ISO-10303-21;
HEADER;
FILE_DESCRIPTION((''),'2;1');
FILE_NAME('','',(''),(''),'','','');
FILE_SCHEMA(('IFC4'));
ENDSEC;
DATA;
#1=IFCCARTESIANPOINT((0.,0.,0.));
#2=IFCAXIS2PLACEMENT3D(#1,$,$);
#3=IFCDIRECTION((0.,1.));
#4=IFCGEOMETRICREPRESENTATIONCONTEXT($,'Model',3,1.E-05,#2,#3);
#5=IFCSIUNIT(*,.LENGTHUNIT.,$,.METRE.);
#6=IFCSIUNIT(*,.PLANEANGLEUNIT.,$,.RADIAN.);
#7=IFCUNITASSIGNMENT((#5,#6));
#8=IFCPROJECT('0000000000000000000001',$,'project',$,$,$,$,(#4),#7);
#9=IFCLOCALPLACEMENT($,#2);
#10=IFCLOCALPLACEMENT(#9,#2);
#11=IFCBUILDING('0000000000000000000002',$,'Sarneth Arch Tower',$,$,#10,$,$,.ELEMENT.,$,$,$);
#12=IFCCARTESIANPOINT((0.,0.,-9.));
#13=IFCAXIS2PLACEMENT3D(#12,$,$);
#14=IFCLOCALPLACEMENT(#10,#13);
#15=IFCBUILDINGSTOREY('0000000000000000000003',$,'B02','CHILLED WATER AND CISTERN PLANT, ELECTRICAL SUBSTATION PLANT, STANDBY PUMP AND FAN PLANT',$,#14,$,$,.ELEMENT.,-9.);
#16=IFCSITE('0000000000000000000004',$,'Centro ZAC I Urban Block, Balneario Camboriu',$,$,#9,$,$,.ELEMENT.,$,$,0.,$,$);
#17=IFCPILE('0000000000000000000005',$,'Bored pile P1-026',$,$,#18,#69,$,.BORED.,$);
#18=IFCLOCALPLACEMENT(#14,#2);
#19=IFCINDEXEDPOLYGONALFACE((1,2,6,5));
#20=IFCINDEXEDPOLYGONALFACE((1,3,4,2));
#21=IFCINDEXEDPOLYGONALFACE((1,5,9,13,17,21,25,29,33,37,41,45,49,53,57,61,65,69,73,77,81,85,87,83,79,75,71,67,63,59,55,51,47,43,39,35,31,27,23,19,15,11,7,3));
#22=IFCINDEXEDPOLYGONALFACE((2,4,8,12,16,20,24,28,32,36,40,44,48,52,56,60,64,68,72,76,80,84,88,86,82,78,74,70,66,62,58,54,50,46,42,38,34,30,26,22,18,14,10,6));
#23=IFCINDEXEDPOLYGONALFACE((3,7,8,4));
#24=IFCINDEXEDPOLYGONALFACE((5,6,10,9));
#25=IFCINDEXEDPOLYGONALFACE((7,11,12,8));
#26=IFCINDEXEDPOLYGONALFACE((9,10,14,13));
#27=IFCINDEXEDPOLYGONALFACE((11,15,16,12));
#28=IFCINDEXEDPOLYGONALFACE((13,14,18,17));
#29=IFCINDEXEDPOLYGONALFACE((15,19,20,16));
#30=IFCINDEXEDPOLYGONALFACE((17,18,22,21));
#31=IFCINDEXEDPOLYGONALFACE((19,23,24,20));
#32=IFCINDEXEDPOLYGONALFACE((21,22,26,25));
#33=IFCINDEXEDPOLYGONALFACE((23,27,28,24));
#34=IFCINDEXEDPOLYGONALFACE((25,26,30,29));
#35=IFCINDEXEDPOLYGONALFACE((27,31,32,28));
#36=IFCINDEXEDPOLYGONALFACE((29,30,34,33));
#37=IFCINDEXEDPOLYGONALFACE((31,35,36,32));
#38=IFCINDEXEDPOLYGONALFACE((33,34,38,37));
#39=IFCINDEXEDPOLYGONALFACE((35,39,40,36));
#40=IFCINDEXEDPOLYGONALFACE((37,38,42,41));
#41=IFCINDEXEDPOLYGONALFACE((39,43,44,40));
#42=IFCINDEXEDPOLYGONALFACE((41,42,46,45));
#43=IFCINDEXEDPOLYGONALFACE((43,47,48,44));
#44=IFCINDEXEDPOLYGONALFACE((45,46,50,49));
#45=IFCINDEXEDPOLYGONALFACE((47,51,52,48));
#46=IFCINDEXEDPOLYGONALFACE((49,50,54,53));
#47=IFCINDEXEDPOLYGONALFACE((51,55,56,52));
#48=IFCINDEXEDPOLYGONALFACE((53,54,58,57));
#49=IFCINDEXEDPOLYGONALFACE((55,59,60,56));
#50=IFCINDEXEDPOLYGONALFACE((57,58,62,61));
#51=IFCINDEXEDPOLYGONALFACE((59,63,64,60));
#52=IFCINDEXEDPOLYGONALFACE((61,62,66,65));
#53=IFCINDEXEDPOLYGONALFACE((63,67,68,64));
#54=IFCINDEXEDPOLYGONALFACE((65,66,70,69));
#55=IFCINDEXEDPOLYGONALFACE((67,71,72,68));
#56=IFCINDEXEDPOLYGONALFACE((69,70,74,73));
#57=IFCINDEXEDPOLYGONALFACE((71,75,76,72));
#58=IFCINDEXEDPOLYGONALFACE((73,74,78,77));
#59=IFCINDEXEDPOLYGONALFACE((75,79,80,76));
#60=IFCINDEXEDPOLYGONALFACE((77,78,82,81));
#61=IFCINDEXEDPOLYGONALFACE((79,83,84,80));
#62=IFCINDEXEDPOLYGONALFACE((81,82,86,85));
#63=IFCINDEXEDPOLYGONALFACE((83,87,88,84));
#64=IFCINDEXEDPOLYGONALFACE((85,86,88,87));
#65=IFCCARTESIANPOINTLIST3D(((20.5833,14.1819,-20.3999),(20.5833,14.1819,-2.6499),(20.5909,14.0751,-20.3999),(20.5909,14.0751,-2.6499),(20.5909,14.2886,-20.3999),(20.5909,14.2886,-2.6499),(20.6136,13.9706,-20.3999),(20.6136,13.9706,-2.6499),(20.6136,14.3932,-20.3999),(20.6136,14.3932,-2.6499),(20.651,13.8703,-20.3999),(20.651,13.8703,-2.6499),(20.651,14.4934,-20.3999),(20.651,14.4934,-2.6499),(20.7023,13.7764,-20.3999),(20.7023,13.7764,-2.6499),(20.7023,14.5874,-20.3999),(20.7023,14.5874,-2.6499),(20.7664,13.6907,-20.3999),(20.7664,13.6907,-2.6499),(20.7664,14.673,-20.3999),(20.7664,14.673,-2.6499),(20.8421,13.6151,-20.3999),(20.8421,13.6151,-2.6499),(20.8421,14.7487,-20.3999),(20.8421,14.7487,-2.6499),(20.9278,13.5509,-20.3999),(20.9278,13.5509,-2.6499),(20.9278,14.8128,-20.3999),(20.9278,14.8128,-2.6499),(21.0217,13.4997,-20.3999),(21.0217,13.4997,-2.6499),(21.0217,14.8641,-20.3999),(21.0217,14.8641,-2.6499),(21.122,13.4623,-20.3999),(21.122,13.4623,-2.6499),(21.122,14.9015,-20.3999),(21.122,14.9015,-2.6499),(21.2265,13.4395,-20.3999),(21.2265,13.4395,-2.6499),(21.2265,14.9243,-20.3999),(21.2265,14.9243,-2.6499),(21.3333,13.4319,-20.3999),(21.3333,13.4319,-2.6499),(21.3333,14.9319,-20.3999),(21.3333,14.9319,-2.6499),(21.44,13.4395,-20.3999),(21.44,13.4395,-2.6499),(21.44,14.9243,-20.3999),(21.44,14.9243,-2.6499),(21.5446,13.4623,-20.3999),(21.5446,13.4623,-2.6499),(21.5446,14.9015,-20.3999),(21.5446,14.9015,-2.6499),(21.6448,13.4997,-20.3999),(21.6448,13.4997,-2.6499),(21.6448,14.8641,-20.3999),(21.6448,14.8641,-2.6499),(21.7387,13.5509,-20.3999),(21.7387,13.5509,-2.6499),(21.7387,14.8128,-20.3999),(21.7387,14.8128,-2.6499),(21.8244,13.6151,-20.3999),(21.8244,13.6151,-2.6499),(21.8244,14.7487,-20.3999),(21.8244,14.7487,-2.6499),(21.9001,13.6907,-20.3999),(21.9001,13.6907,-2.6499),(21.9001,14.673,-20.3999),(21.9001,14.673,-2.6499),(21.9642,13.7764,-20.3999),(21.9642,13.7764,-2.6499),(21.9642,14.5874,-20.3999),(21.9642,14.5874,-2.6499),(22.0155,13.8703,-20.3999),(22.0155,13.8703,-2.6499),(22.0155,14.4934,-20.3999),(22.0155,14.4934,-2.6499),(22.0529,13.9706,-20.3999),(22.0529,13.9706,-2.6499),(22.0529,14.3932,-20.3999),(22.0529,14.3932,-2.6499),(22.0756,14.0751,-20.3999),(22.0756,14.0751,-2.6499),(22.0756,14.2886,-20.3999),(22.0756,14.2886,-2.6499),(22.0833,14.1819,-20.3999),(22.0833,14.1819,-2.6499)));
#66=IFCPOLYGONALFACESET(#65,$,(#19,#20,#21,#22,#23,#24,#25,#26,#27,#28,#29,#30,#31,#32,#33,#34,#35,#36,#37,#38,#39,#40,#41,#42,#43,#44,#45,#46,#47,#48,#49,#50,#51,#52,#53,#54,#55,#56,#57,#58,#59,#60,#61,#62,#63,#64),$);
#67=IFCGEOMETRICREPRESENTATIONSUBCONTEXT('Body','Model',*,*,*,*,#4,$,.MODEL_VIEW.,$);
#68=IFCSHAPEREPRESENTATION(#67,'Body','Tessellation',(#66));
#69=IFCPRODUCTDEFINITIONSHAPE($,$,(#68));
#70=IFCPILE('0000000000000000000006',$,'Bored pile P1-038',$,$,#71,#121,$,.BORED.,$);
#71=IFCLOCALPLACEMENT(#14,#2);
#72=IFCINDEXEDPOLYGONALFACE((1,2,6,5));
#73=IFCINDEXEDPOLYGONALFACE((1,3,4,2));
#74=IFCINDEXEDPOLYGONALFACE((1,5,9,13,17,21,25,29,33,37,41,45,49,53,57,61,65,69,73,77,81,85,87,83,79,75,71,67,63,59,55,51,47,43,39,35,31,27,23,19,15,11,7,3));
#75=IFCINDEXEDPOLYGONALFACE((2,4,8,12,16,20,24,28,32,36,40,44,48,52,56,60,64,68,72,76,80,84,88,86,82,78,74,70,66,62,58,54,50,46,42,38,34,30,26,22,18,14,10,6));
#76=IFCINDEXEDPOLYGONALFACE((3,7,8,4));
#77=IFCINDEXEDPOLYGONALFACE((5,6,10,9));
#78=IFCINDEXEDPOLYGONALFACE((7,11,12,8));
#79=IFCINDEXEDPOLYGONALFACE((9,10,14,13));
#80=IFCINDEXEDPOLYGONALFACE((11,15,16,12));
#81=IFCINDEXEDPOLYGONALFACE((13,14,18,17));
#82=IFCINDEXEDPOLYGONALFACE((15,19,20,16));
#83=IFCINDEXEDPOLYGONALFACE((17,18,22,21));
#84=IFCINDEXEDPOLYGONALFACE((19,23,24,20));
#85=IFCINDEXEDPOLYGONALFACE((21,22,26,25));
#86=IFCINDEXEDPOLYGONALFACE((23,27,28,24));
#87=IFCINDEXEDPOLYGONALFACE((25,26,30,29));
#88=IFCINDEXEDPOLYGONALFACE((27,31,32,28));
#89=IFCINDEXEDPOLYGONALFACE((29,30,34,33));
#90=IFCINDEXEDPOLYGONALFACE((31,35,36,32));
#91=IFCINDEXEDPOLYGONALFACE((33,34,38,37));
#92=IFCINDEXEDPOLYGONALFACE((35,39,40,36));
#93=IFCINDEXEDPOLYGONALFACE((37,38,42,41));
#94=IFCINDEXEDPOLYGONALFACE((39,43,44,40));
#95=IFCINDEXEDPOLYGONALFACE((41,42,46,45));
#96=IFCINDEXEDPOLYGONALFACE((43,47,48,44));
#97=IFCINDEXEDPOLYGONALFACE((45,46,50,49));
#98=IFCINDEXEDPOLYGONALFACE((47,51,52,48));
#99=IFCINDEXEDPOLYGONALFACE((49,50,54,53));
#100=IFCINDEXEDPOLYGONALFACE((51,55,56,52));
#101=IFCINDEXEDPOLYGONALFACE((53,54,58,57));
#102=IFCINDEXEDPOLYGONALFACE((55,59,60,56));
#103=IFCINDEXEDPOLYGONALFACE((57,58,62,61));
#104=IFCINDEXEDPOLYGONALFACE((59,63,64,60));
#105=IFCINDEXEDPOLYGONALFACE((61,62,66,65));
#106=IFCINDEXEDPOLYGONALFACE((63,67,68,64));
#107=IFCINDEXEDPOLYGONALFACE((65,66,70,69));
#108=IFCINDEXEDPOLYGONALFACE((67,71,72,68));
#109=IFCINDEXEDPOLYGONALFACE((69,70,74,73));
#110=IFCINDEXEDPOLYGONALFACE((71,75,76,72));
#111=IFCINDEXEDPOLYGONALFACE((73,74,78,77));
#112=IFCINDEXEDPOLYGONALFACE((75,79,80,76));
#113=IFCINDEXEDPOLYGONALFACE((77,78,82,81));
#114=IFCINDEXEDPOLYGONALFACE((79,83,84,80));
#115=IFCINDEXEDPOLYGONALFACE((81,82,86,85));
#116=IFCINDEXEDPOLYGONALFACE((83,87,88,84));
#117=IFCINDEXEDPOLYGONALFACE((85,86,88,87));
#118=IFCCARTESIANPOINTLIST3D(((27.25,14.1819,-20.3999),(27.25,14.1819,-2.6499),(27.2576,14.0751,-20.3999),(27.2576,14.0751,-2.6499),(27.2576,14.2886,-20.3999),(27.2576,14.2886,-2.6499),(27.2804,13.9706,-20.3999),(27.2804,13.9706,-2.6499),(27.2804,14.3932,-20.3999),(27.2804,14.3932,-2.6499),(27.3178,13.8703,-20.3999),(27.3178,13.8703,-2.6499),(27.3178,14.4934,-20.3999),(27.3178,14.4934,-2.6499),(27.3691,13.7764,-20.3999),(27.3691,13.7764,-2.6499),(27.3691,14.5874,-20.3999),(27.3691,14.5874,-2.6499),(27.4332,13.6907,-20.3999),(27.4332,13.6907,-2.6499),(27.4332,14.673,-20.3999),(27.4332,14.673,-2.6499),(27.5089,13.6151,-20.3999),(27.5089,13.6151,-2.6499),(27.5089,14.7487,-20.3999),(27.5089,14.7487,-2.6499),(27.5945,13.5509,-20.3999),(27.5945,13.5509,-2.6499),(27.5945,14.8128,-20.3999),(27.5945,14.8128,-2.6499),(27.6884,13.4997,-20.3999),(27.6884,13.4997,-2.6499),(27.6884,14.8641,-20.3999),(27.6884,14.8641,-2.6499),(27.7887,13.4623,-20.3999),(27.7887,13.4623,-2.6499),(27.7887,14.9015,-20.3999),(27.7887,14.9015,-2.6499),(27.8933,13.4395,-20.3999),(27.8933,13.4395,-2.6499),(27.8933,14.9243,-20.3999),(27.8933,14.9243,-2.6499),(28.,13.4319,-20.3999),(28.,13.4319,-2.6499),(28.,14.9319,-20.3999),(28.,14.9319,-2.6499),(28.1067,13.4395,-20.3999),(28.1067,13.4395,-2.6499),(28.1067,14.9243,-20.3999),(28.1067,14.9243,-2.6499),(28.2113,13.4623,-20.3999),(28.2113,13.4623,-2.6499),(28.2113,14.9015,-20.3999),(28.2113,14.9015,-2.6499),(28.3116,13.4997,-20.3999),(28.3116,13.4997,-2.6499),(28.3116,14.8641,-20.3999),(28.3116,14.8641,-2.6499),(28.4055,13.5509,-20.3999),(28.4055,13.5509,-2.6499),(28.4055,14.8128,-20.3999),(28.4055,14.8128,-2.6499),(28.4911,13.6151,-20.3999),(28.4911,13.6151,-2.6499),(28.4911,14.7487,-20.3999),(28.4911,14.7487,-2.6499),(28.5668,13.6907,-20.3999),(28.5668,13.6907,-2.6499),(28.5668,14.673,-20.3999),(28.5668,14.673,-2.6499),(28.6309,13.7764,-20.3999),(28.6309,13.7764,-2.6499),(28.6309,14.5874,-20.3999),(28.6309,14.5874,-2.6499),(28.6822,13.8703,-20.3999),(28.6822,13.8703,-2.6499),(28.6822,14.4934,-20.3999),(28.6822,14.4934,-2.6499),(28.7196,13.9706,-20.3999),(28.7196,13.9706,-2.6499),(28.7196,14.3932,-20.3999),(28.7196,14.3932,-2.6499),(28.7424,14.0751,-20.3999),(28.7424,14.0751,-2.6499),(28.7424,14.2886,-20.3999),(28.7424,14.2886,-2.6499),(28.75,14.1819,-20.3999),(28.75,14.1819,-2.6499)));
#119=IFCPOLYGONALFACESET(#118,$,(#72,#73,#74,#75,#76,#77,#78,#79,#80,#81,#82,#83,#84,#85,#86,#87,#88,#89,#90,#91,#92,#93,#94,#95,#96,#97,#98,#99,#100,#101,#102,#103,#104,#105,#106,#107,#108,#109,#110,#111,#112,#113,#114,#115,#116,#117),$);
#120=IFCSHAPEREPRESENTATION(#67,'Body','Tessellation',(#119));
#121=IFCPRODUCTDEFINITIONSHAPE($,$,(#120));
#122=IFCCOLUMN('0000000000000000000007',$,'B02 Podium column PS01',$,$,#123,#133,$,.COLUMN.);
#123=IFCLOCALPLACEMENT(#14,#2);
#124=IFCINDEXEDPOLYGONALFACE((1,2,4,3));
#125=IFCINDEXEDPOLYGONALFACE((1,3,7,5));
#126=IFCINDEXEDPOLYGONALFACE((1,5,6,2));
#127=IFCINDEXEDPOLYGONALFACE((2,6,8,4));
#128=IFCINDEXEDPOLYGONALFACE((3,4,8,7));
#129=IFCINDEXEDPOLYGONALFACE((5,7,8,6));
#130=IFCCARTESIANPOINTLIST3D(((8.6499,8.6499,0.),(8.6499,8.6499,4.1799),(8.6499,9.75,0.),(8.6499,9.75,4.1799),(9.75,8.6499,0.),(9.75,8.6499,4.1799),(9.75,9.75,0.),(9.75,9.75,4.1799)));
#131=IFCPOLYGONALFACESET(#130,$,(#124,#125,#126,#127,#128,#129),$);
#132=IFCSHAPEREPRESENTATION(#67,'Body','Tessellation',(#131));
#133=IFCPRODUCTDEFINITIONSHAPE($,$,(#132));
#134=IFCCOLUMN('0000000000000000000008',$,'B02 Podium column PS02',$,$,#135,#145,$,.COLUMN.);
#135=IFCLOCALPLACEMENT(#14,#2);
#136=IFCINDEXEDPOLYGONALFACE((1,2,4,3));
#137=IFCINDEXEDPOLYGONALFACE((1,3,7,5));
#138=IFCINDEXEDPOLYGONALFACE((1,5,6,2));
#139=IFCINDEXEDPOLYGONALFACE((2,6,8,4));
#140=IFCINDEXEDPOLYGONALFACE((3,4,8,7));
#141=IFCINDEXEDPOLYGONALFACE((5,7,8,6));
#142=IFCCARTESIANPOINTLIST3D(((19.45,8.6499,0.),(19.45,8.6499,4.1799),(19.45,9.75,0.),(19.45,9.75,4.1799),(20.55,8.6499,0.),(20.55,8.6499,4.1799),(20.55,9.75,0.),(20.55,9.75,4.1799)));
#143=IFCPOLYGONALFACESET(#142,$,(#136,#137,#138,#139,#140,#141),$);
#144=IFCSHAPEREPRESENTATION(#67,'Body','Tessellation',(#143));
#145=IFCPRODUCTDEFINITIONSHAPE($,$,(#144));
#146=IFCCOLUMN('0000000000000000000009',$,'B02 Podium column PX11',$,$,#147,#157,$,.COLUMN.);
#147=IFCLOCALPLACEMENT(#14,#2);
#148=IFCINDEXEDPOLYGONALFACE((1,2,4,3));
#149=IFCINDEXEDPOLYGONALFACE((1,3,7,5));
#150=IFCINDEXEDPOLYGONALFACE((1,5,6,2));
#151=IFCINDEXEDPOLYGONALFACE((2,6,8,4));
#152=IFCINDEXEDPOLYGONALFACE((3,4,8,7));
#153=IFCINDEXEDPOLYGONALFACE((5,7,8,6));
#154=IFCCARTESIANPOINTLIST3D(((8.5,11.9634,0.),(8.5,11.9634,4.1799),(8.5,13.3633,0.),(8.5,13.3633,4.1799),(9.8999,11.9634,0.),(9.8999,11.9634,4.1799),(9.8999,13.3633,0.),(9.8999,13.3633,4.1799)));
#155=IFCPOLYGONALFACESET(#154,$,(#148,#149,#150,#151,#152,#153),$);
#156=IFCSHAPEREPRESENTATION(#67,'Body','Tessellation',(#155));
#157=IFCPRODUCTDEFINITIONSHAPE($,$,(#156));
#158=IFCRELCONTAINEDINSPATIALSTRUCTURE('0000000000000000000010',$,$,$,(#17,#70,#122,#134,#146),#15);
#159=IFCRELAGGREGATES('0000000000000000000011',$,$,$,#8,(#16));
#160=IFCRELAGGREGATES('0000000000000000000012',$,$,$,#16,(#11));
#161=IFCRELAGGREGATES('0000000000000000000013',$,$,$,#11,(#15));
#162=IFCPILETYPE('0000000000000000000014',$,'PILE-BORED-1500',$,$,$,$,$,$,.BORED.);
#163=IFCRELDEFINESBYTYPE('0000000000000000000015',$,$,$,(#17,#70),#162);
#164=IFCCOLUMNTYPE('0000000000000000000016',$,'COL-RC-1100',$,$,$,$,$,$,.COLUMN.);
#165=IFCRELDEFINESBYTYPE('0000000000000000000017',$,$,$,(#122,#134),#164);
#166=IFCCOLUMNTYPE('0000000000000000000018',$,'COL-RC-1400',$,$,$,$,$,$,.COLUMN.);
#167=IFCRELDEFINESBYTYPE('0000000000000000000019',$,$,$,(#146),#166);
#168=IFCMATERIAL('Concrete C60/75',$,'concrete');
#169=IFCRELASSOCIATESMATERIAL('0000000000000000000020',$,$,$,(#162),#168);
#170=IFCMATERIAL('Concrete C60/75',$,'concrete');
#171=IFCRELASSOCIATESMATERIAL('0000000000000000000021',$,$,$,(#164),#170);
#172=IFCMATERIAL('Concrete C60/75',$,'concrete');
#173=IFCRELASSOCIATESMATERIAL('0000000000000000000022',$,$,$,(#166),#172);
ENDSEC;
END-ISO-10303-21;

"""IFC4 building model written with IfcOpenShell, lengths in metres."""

from ifc_helpers import new_model, si_unit, direction, frame, origin, origin_2d, place, context, subcontext, project, spatial, rectangle, circle, extrude, material, material_profile, profile_set, type_object, element, save


model = new_model("IFC4")

# Units and contexts
model_context = context("Model", 3, precision=1e-05, world=origin(), true_north=direction((0.0, 1.0)))
body_context = subcontext(model_context, "Body", "Model", "MODEL_VIEW")
ifc_project = project(units=[si_unit("LENGTHUNIT", "METRE"), si_unit("PLANEANGLEUNIT", "RADIAN")], contexts=[model_context])

# Site, building, storey
site_placement = place(None, origin())
site = spatial("IfcSite", under=ifc_project, at=site_placement, Name="Centro ZAC I Urban Block, Balneario Camboriu", CompositionType="ELEMENT", RefElevation=0.0)
building_placement = place(site_placement, origin())
building = spatial("IfcBuilding", under=site, at=building_placement, Name="Sarneth Arch Tower", CompositionType="ELEMENT")
storey_placement = place(building_placement, frame((0.0, 0.0, -9.0)))
storey = spatial("IfcBuildingStorey", under=building, at=storey_placement, Name="B02", Description="CHILLED WATER AND CISTERN PLANT, ELECTRICAL SUBSTATION PLANT, STANDBY PUMP AND FAN PLANT", CompositionType="ELEMENT", Elevation=-9.0)

# Piles
ifc_material_1 = material(Name="Concrete C60/75", Category="concrete")
ifc_material_profile_1 = material_profile(ifc_material_1, circle(Radius=0.75, at=origin_2d()), Name="PILE-D1500")
ifc_profile_set_1 = profile_set([ifc_material_profile_1], Name="Concrete C60/75")
pile_type_1 = type_object("IfcPileType", Name="PILE-BORED-1500", PredefinedType="BORED", material=ifc_profile_set_1)
for number, where, z_axis, x_axis, name in (
    (1, (21.3333, 14.1819, -2.6499), (0.0, 0.0, -1.0), (1.0, 0.0, 0.0), "Bored pile P1-026"),
    (2, (28.0, 14.1819, -2.6499), (0.0, 0.0, -1.0), (1.0, 0.0, 0.0), "Bored pile P1-038"),
):
    element("IfcPile", number, at=place(storey_placement, frame(where, z_axis=z_axis, x_axis=x_axis)), inside=storey, type_object=pile_type_1, Name=name, PredefinedType="BORED", context=body_context, shape_type="SweptSolid", body=[
        extrude(circle(Radius=0.75, at=origin_2d()), origin(), (0.0, 0.0, 1.0), 17.75),
    ])

# Columns
ifc_material_2 = material(Name="Concrete C60/75", Category="concrete")
ifc_material_profile_2 = material_profile(ifc_material_2, rectangle(XDim=1.1001, YDim=1.1001, at=origin_2d()), Name="RC-1100x1100")
ifc_profile_set_2 = profile_set([ifc_material_profile_2], Name="Concrete C60/75")
column_type_1 = type_object("IfcColumnType", Name="COL-RC-1100", PredefinedType="COLUMN", material=ifc_profile_set_2)
for number, where, z_axis, x_axis, name in (
    (3, (9.2, 9.2, 0.0), (0.0, 0.0, 1.0), (1.0, 0.0, 0.0), "B02 Podium column PS01"),
    (4, (20.0, 9.2, 0.0), (0.0, 0.0, 1.0), (1.0, 0.0, 0.0), "B02 Podium column PS02"),
):
    element("IfcColumn", number, at=place(storey_placement, frame(where, z_axis=z_axis, x_axis=x_axis)), inside=storey, type_object=column_type_1, Name=name, PredefinedType="COLUMN", context=body_context, shape_type="SweptSolid", body=[
        extrude(rectangle(XDim=1.1001, YDim=1.1001, at=origin_2d()), origin(), (0.0, 0.0, 1.0), 4.1799),
    ])
ifc_material_3 = material(Name="Concrete C60/75", Category="concrete")
ifc_material_profile_3 = material_profile(ifc_material_3, rectangle(XDim=1.3999, YDim=1.3999, at=origin_2d()), Name="RC-1400x1400")
ifc_profile_set_3 = profile_set([ifc_material_profile_3], Name="Concrete C60/75")
column_type_2 = type_object("IfcColumnType", Name="COL-RC-1400", PredefinedType="COLUMN", material=ifc_profile_set_3)
column_placement = place(storey_placement, frame((9.2, 12.6633, 0.0), z_axis=(0.0, 0.0, 1.0), x_axis=(1.0, 0.0, 0.0)))
element("IfcColumn", 5, at=column_placement, inside=storey, type_object=column_type_2, Name="B02 Podium column PX11", PredefinedType="COLUMN", context=body_context, shape_type="SweptSolid", body=[
    extrude(rectangle(XDim=1.3999, YDim=1.3999, at=origin_2d()), origin(), (0.0, 0.0, 1.0), 4.1799),
])

save(model, "model.ifc")
